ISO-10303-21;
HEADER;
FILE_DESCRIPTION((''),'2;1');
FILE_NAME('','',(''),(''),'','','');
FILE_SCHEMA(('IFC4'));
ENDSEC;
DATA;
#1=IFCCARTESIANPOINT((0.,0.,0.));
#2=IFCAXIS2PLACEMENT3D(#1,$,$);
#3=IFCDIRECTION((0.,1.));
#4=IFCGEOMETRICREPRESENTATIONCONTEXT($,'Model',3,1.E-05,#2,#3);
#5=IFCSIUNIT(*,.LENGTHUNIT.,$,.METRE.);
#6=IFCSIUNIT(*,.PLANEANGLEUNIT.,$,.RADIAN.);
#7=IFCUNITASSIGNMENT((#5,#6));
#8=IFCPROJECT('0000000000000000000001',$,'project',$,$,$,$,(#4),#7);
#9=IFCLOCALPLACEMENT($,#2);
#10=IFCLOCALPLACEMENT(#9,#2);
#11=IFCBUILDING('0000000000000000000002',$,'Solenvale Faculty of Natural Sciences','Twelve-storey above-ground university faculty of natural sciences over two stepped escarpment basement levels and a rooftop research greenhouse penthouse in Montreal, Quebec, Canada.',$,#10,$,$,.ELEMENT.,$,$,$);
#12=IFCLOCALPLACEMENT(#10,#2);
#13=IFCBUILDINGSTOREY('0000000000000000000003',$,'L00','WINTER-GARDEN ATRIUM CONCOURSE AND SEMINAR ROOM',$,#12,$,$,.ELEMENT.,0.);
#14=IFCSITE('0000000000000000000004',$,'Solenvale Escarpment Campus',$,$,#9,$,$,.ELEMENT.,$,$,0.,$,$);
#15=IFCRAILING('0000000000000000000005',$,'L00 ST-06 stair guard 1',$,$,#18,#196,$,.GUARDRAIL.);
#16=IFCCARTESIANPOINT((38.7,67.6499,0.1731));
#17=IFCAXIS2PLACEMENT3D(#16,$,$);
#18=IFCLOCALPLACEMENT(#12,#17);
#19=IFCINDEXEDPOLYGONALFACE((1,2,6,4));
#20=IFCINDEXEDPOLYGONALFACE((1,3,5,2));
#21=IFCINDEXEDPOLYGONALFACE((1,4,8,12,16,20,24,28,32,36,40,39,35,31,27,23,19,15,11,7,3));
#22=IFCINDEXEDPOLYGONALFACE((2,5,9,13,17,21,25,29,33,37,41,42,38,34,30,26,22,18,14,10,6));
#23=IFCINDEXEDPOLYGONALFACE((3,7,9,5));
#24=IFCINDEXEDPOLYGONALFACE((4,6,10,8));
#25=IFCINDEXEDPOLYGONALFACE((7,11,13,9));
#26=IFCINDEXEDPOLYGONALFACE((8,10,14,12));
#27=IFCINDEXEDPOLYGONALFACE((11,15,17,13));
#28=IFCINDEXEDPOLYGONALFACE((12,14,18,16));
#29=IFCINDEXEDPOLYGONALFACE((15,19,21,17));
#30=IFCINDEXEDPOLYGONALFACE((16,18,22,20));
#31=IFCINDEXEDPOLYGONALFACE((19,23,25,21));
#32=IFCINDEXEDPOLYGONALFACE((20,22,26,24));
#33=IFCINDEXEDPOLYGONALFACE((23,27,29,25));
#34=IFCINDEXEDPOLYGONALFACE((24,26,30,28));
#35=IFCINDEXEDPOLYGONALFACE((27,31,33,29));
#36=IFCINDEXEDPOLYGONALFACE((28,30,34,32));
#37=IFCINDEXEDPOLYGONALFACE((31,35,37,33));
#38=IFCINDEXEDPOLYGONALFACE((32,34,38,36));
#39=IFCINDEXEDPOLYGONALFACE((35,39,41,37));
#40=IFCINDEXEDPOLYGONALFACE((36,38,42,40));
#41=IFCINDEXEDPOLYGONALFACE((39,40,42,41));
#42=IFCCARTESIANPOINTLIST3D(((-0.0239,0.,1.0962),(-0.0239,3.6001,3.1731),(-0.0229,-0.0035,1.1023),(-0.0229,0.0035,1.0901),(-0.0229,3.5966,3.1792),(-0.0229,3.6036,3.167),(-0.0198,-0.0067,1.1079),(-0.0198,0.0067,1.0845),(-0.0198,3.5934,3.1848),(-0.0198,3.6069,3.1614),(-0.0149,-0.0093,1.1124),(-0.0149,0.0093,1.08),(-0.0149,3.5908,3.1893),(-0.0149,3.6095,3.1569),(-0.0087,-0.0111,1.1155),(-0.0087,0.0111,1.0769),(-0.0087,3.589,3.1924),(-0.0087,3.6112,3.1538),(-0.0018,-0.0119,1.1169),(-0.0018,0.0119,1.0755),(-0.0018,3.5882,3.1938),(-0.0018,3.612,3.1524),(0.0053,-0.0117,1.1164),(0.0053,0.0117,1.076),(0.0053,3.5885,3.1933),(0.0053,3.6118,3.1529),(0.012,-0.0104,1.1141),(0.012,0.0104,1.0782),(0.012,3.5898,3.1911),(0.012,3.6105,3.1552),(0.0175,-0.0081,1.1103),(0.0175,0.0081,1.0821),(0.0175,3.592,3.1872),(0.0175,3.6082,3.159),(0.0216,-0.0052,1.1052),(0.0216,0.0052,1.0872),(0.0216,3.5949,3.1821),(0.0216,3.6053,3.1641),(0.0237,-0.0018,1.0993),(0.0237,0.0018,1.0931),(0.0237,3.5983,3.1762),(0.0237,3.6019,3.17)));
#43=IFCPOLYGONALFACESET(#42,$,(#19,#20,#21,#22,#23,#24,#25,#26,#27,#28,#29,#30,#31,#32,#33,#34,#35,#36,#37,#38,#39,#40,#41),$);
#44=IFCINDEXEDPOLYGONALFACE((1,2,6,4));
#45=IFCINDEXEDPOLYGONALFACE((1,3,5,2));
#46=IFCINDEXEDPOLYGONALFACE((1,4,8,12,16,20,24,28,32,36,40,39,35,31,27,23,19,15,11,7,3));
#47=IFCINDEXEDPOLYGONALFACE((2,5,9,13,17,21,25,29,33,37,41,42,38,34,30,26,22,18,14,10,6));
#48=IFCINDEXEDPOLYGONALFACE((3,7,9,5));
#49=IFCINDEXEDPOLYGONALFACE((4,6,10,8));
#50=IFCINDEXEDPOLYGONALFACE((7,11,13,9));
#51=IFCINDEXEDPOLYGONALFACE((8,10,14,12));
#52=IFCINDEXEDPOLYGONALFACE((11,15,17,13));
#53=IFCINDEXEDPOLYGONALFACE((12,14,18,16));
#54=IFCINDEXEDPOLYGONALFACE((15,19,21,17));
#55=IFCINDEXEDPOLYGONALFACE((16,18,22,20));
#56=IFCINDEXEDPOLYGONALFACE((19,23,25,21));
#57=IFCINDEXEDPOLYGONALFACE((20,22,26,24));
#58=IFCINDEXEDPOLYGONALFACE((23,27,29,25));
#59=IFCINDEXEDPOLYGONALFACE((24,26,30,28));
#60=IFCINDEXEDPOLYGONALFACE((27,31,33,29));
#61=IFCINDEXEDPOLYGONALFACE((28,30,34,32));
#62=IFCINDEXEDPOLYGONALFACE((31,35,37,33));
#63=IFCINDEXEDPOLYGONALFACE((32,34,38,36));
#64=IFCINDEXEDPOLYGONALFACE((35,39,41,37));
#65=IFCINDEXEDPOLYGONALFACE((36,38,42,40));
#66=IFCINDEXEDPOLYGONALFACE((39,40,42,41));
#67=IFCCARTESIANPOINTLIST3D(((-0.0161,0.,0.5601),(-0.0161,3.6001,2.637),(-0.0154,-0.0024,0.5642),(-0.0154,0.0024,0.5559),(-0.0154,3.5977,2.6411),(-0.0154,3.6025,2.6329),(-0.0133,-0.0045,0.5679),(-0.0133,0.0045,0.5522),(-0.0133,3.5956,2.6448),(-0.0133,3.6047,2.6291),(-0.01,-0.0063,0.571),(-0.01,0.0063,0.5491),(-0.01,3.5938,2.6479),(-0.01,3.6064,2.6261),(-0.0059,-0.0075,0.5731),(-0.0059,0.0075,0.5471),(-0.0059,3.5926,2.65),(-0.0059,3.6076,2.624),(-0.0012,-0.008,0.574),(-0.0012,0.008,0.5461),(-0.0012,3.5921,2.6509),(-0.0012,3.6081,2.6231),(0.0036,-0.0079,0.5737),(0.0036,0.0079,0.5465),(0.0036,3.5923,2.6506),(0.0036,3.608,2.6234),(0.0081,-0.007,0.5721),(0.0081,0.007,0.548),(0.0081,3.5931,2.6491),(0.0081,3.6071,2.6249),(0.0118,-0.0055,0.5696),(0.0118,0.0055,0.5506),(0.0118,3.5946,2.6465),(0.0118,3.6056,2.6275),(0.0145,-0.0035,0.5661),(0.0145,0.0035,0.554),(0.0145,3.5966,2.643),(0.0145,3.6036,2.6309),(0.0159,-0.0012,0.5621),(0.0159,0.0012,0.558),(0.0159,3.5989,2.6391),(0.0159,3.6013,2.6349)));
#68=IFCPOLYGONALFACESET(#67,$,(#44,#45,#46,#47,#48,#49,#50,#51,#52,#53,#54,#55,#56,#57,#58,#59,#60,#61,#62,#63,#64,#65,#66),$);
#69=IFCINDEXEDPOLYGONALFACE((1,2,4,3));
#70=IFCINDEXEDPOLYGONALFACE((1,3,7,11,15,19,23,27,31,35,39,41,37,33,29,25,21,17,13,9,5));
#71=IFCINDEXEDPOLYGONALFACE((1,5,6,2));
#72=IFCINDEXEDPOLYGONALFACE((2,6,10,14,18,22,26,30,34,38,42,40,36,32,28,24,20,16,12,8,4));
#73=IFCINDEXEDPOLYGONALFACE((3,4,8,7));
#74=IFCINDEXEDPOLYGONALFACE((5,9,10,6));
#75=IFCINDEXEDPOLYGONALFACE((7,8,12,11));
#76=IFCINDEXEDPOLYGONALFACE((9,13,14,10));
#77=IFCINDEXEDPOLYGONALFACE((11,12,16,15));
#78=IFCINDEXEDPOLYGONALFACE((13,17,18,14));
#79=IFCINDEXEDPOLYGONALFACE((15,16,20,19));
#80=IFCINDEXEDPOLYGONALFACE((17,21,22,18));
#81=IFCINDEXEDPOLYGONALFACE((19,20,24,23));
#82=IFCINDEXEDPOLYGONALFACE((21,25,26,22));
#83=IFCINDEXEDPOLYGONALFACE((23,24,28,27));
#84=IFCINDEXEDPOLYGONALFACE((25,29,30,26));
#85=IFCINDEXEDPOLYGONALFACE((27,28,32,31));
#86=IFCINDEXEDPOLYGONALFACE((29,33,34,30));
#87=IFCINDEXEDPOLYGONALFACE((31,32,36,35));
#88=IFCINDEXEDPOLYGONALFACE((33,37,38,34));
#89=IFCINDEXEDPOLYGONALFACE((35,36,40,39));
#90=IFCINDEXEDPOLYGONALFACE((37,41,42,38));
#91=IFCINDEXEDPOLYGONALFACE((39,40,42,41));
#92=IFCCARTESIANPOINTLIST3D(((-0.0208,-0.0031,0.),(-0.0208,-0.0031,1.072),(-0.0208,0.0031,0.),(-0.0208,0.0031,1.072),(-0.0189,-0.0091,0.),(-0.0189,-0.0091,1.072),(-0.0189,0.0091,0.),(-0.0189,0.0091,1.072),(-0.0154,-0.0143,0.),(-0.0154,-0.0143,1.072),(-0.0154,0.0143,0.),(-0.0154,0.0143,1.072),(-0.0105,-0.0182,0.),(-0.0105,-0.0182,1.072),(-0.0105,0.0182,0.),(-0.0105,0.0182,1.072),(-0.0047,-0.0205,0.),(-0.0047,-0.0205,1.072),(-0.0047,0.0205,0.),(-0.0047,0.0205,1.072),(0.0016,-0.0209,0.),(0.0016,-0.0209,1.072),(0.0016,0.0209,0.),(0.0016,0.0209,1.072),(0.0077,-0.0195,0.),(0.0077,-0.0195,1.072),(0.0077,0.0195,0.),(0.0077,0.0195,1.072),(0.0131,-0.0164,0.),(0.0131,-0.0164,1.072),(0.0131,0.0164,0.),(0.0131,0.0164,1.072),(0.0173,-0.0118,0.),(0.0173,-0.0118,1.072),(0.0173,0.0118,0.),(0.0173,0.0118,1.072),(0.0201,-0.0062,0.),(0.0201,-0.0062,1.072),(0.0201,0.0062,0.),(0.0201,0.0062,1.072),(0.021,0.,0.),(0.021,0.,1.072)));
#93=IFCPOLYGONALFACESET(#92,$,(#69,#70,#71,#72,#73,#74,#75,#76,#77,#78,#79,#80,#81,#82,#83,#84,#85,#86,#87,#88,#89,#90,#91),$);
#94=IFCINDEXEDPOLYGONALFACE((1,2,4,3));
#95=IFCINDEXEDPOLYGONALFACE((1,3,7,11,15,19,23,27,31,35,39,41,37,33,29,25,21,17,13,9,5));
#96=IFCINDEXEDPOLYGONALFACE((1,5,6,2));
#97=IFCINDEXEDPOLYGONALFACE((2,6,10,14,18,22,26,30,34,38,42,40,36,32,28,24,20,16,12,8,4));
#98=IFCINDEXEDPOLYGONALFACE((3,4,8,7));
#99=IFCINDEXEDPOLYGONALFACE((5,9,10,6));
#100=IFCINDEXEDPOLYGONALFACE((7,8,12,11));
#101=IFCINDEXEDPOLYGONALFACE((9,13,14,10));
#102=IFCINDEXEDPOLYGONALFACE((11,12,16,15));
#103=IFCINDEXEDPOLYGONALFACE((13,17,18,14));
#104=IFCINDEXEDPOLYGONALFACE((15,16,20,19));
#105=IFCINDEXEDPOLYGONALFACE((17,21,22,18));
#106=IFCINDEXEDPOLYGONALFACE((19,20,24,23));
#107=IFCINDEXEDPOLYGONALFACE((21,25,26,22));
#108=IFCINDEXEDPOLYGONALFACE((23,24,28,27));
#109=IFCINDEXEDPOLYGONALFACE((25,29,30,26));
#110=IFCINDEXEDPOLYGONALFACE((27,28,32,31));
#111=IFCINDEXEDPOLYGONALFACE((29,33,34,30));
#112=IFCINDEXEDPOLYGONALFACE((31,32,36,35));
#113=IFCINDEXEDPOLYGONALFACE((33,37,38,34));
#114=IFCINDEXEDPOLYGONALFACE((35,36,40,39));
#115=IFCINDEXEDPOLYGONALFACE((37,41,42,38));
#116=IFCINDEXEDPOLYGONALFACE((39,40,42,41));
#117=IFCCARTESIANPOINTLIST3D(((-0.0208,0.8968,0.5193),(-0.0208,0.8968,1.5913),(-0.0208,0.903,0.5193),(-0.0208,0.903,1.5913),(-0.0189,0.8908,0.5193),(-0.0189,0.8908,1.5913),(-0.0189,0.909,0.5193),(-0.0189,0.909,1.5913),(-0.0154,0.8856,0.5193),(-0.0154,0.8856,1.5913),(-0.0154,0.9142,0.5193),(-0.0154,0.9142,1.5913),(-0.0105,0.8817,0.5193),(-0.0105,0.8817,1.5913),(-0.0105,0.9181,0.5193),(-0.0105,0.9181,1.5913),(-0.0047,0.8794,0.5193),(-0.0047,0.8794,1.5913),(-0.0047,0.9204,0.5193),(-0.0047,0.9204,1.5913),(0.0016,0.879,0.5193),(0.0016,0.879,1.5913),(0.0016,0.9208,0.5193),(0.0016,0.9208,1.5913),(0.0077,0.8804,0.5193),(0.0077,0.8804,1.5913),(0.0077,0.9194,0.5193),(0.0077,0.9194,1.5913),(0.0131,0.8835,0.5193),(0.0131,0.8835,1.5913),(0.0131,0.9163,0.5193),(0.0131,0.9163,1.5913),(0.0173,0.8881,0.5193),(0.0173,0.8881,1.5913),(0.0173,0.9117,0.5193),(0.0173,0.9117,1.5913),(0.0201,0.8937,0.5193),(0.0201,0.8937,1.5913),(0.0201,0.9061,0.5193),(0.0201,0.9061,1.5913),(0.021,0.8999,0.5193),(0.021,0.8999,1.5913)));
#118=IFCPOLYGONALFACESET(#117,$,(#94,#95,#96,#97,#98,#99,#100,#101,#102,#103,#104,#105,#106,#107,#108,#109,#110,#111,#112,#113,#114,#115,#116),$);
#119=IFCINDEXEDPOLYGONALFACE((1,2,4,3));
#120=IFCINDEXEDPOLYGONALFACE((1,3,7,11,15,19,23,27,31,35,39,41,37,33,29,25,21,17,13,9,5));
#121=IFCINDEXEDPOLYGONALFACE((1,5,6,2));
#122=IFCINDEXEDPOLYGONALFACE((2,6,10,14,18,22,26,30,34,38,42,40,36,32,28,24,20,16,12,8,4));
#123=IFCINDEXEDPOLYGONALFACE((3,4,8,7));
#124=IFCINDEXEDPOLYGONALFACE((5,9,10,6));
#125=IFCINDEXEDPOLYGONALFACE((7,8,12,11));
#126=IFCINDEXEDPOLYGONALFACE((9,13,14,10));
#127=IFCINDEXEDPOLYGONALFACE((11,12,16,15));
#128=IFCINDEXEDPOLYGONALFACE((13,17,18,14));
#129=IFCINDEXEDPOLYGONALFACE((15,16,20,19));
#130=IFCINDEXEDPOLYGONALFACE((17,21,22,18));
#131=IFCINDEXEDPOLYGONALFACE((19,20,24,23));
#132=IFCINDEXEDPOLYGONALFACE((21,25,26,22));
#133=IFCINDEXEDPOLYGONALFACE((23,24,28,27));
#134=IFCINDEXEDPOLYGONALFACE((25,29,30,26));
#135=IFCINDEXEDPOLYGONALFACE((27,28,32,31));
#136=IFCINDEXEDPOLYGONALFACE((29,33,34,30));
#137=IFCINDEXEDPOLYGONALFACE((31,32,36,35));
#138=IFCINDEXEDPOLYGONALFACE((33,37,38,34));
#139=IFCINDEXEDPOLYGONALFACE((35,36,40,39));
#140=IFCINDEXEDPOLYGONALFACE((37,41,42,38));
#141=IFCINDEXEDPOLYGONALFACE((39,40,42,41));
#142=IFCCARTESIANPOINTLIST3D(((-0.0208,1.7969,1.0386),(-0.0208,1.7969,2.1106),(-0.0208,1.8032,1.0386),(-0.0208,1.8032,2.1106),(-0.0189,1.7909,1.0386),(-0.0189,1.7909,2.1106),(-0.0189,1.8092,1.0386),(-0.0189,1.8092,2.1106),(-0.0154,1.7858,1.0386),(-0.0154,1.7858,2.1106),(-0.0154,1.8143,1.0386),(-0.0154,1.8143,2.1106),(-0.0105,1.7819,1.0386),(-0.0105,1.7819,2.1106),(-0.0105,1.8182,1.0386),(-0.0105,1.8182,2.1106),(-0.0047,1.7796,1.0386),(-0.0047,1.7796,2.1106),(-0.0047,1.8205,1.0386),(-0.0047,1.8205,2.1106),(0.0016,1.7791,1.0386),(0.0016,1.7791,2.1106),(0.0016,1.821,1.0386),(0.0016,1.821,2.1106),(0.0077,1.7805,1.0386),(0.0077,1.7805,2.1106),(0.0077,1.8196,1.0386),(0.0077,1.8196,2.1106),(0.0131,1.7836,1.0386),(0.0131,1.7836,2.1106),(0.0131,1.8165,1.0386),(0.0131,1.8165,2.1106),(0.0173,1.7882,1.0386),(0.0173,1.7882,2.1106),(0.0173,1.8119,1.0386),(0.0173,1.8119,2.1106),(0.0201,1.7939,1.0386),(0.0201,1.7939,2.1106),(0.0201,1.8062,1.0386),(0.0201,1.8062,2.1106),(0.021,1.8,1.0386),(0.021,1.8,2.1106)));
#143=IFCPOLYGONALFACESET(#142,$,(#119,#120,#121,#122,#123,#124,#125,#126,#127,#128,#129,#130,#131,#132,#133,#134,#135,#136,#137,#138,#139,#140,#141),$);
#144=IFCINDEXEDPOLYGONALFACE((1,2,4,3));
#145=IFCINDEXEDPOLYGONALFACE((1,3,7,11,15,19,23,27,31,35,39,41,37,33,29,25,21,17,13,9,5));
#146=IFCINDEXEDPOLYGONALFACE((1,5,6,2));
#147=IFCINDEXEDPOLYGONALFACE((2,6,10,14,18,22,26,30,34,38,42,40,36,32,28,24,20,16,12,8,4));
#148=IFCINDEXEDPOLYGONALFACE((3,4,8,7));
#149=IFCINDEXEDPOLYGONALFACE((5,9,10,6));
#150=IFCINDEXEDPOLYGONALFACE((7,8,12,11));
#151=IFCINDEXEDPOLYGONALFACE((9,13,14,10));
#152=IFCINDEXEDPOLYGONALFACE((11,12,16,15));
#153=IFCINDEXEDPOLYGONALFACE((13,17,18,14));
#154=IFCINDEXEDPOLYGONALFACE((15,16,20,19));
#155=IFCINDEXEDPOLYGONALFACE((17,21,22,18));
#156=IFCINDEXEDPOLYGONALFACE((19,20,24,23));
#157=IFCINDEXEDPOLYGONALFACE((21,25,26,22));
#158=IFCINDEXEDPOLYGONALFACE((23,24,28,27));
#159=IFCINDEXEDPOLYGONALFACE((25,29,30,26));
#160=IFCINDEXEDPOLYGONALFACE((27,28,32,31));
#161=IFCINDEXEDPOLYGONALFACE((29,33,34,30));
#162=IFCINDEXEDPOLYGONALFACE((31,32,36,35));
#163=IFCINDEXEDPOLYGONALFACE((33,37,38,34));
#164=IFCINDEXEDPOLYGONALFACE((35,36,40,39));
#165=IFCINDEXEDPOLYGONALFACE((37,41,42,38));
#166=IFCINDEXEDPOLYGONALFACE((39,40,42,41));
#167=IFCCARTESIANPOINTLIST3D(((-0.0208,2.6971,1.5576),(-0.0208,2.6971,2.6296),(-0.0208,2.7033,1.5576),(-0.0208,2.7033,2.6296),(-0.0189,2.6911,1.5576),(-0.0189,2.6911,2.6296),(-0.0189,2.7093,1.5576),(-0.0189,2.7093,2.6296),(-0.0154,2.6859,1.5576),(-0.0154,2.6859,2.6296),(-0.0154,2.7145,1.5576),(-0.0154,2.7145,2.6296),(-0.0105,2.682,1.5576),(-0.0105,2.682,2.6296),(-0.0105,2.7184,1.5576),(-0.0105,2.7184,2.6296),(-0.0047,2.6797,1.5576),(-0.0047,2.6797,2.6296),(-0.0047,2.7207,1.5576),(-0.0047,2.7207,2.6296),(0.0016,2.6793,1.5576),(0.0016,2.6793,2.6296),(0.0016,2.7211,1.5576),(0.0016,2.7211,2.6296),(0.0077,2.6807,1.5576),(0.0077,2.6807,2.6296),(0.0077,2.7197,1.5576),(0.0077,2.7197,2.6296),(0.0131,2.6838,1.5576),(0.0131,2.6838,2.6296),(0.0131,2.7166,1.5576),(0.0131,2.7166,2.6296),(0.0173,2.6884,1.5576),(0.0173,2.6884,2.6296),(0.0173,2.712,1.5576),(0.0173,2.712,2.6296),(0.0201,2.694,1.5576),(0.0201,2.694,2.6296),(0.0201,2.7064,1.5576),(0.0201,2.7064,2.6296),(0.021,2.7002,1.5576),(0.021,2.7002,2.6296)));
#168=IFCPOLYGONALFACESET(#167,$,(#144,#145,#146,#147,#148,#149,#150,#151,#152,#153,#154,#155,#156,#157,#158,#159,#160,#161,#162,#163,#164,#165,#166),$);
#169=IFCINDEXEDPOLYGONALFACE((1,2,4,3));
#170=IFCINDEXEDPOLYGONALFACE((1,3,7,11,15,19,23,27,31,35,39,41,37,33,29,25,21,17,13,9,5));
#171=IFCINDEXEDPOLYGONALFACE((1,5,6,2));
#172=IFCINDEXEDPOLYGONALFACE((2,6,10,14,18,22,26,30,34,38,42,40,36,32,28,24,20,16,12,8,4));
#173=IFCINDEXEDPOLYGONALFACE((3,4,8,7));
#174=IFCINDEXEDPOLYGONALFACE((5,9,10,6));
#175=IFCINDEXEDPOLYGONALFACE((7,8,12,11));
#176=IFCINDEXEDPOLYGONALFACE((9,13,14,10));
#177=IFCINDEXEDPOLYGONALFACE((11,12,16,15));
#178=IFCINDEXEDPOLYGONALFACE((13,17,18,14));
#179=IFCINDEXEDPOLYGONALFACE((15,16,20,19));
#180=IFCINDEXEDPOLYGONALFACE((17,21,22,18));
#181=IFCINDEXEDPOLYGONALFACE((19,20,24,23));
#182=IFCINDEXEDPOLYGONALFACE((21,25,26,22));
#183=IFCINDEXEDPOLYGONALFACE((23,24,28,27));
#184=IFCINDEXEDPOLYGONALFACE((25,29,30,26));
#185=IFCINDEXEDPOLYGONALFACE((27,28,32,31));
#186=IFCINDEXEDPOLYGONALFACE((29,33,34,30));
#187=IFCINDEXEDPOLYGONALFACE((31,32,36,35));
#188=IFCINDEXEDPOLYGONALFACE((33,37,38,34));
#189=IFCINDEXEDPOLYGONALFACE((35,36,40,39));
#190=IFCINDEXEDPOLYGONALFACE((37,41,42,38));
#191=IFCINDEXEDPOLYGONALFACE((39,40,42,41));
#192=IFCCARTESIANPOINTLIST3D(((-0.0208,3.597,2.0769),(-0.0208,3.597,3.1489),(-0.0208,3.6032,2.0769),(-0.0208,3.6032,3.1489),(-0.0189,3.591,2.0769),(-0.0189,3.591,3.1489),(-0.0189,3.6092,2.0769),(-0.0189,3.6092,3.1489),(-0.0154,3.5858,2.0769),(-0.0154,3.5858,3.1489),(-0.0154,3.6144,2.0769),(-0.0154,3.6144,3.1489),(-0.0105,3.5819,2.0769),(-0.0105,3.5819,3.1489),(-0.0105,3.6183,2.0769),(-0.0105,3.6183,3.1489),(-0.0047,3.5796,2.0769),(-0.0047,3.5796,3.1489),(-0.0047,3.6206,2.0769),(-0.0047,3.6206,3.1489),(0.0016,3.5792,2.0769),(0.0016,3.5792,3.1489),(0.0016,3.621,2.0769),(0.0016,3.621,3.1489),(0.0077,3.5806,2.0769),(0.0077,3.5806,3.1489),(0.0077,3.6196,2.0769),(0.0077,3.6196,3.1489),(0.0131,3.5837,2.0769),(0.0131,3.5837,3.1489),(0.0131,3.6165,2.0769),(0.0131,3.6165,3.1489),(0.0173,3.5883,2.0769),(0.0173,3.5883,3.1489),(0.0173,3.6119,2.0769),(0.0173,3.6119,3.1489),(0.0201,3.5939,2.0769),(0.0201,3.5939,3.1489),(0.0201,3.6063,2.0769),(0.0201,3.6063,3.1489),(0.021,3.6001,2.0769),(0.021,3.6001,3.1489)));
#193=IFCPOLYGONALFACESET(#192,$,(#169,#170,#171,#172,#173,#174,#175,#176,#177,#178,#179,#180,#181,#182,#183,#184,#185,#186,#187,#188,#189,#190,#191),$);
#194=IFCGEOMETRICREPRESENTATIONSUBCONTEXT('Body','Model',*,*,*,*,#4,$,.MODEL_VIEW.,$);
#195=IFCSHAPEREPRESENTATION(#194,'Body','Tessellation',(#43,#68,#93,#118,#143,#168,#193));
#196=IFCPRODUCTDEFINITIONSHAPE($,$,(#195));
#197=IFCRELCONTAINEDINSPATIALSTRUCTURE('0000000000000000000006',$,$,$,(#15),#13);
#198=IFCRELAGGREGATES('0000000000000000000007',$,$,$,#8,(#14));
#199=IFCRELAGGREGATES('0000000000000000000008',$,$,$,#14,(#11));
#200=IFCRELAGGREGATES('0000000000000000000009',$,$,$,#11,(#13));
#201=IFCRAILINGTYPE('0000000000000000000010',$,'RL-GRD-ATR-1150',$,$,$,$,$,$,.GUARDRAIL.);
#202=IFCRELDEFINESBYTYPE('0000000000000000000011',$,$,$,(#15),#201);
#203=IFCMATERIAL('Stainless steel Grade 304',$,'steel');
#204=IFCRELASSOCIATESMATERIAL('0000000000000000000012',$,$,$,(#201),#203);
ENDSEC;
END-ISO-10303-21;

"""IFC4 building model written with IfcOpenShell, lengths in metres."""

from ifc_helpers import new_model, si_unit, direction, frame, origin, origin_2d, place, context, subcontext, project, spatial, circle, extrude, material, type_object, element, save


model = new_model("IFC4")

# Units and contexts
model_context = context("Model", 3, precision=1e-05, world=origin(), true_north=direction((0.0, 1.0)))
body_context = subcontext(model_context, "Body", "Model", "MODEL_VIEW")
ifc_project = project(units=[si_unit("LENGTHUNIT", "METRE"), si_unit("PLANEANGLEUNIT", "RADIAN")], contexts=[model_context])

# Site, building, storey
site_placement = place(None, origin())
site = spatial("IfcSite", under=ifc_project, at=site_placement, Name="Solenvale Escarpment Campus", CompositionType="ELEMENT", RefElevation=0.0)
building_placement = place(site_placement, origin())
building = spatial("IfcBuilding", under=site, at=building_placement, Name="Solenvale Faculty of Natural Sciences", Description="Twelve-storey above-ground university faculty of natural sciences over two stepped escarpment basement levels and a rooftop research greenhouse penthouse in Montreal, Quebec, Canada.", CompositionType="ELEMENT")
storey_placement = place(building_placement, origin())
storey = spatial("IfcBuildingStorey", under=building, at=storey_placement, Name="L00", Description="WINTER-GARDEN ATRIUM CONCOURSE AND SEMINAR ROOM", CompositionType="ELEMENT", Elevation=0.0)

# Railing
ifc_material_1 = material(Name="Stainless steel Grade 304", Category="steel")
railing_type_1 = type_object("IfcRailingType", Name="RL-GRD-ATR-1150", PredefinedType="GUARDRAIL", material=ifc_material_1)
railing_1_placement = place(storey_placement, frame((38.7, 67.6499, 0.1731)))
element("IfcRailing", 1, at=railing_1_placement, inside=storey, type_object=railing_type_1, Name="L00 ST-06 stair guard 1", PredefinedType="GUARDRAIL", context=body_context, shape_type="SweptSolid", body=[
    extrude(circle(Radius=0.0239, at=origin_2d()), frame((0.0, 0.0, 1.0962), z_axis=(0.0, 0.866193, 0.499709), x_axis=(-1.0, 0.0, 0.0)), (0.0, 0.0, 1.0), 4.1562),
    extrude(circle(Radius=0.0161, at=origin_2d()), frame((0.0, 0.0, 0.5601), z_axis=(0.0, 0.866193, 0.499709), x_axis=(-1.0, 0.0, 0.0)), (0.0, 0.0, 1.0), 4.1562),
    extrude(circle(Radius=0.021, at=origin_2d()), origin(), (0.0, 0.0, 1.0), 1.072),
    extrude(circle(Radius=0.021, at=origin_2d()), frame((0.0, 0.8999, 0.5193)), (0.0, 0.0, 1.0), 1.072),
    extrude(circle(Radius=0.021, at=origin_2d()), frame((0.0, 1.8, 1.0386)), (0.0, 0.0, 1.0), 1.072),
    extrude(circle(Radius=0.021, at=origin_2d()), frame((0.0, 2.7002, 1.5576)), (0.0, 0.0, 1.0), 1.072),
    extrude(circle(Radius=0.021, at=origin_2d()), frame((0.0, 3.6001, 2.0769)), (0.0, 0.0, 1.0), 1.072),
])

save(model, "model.ifc")
